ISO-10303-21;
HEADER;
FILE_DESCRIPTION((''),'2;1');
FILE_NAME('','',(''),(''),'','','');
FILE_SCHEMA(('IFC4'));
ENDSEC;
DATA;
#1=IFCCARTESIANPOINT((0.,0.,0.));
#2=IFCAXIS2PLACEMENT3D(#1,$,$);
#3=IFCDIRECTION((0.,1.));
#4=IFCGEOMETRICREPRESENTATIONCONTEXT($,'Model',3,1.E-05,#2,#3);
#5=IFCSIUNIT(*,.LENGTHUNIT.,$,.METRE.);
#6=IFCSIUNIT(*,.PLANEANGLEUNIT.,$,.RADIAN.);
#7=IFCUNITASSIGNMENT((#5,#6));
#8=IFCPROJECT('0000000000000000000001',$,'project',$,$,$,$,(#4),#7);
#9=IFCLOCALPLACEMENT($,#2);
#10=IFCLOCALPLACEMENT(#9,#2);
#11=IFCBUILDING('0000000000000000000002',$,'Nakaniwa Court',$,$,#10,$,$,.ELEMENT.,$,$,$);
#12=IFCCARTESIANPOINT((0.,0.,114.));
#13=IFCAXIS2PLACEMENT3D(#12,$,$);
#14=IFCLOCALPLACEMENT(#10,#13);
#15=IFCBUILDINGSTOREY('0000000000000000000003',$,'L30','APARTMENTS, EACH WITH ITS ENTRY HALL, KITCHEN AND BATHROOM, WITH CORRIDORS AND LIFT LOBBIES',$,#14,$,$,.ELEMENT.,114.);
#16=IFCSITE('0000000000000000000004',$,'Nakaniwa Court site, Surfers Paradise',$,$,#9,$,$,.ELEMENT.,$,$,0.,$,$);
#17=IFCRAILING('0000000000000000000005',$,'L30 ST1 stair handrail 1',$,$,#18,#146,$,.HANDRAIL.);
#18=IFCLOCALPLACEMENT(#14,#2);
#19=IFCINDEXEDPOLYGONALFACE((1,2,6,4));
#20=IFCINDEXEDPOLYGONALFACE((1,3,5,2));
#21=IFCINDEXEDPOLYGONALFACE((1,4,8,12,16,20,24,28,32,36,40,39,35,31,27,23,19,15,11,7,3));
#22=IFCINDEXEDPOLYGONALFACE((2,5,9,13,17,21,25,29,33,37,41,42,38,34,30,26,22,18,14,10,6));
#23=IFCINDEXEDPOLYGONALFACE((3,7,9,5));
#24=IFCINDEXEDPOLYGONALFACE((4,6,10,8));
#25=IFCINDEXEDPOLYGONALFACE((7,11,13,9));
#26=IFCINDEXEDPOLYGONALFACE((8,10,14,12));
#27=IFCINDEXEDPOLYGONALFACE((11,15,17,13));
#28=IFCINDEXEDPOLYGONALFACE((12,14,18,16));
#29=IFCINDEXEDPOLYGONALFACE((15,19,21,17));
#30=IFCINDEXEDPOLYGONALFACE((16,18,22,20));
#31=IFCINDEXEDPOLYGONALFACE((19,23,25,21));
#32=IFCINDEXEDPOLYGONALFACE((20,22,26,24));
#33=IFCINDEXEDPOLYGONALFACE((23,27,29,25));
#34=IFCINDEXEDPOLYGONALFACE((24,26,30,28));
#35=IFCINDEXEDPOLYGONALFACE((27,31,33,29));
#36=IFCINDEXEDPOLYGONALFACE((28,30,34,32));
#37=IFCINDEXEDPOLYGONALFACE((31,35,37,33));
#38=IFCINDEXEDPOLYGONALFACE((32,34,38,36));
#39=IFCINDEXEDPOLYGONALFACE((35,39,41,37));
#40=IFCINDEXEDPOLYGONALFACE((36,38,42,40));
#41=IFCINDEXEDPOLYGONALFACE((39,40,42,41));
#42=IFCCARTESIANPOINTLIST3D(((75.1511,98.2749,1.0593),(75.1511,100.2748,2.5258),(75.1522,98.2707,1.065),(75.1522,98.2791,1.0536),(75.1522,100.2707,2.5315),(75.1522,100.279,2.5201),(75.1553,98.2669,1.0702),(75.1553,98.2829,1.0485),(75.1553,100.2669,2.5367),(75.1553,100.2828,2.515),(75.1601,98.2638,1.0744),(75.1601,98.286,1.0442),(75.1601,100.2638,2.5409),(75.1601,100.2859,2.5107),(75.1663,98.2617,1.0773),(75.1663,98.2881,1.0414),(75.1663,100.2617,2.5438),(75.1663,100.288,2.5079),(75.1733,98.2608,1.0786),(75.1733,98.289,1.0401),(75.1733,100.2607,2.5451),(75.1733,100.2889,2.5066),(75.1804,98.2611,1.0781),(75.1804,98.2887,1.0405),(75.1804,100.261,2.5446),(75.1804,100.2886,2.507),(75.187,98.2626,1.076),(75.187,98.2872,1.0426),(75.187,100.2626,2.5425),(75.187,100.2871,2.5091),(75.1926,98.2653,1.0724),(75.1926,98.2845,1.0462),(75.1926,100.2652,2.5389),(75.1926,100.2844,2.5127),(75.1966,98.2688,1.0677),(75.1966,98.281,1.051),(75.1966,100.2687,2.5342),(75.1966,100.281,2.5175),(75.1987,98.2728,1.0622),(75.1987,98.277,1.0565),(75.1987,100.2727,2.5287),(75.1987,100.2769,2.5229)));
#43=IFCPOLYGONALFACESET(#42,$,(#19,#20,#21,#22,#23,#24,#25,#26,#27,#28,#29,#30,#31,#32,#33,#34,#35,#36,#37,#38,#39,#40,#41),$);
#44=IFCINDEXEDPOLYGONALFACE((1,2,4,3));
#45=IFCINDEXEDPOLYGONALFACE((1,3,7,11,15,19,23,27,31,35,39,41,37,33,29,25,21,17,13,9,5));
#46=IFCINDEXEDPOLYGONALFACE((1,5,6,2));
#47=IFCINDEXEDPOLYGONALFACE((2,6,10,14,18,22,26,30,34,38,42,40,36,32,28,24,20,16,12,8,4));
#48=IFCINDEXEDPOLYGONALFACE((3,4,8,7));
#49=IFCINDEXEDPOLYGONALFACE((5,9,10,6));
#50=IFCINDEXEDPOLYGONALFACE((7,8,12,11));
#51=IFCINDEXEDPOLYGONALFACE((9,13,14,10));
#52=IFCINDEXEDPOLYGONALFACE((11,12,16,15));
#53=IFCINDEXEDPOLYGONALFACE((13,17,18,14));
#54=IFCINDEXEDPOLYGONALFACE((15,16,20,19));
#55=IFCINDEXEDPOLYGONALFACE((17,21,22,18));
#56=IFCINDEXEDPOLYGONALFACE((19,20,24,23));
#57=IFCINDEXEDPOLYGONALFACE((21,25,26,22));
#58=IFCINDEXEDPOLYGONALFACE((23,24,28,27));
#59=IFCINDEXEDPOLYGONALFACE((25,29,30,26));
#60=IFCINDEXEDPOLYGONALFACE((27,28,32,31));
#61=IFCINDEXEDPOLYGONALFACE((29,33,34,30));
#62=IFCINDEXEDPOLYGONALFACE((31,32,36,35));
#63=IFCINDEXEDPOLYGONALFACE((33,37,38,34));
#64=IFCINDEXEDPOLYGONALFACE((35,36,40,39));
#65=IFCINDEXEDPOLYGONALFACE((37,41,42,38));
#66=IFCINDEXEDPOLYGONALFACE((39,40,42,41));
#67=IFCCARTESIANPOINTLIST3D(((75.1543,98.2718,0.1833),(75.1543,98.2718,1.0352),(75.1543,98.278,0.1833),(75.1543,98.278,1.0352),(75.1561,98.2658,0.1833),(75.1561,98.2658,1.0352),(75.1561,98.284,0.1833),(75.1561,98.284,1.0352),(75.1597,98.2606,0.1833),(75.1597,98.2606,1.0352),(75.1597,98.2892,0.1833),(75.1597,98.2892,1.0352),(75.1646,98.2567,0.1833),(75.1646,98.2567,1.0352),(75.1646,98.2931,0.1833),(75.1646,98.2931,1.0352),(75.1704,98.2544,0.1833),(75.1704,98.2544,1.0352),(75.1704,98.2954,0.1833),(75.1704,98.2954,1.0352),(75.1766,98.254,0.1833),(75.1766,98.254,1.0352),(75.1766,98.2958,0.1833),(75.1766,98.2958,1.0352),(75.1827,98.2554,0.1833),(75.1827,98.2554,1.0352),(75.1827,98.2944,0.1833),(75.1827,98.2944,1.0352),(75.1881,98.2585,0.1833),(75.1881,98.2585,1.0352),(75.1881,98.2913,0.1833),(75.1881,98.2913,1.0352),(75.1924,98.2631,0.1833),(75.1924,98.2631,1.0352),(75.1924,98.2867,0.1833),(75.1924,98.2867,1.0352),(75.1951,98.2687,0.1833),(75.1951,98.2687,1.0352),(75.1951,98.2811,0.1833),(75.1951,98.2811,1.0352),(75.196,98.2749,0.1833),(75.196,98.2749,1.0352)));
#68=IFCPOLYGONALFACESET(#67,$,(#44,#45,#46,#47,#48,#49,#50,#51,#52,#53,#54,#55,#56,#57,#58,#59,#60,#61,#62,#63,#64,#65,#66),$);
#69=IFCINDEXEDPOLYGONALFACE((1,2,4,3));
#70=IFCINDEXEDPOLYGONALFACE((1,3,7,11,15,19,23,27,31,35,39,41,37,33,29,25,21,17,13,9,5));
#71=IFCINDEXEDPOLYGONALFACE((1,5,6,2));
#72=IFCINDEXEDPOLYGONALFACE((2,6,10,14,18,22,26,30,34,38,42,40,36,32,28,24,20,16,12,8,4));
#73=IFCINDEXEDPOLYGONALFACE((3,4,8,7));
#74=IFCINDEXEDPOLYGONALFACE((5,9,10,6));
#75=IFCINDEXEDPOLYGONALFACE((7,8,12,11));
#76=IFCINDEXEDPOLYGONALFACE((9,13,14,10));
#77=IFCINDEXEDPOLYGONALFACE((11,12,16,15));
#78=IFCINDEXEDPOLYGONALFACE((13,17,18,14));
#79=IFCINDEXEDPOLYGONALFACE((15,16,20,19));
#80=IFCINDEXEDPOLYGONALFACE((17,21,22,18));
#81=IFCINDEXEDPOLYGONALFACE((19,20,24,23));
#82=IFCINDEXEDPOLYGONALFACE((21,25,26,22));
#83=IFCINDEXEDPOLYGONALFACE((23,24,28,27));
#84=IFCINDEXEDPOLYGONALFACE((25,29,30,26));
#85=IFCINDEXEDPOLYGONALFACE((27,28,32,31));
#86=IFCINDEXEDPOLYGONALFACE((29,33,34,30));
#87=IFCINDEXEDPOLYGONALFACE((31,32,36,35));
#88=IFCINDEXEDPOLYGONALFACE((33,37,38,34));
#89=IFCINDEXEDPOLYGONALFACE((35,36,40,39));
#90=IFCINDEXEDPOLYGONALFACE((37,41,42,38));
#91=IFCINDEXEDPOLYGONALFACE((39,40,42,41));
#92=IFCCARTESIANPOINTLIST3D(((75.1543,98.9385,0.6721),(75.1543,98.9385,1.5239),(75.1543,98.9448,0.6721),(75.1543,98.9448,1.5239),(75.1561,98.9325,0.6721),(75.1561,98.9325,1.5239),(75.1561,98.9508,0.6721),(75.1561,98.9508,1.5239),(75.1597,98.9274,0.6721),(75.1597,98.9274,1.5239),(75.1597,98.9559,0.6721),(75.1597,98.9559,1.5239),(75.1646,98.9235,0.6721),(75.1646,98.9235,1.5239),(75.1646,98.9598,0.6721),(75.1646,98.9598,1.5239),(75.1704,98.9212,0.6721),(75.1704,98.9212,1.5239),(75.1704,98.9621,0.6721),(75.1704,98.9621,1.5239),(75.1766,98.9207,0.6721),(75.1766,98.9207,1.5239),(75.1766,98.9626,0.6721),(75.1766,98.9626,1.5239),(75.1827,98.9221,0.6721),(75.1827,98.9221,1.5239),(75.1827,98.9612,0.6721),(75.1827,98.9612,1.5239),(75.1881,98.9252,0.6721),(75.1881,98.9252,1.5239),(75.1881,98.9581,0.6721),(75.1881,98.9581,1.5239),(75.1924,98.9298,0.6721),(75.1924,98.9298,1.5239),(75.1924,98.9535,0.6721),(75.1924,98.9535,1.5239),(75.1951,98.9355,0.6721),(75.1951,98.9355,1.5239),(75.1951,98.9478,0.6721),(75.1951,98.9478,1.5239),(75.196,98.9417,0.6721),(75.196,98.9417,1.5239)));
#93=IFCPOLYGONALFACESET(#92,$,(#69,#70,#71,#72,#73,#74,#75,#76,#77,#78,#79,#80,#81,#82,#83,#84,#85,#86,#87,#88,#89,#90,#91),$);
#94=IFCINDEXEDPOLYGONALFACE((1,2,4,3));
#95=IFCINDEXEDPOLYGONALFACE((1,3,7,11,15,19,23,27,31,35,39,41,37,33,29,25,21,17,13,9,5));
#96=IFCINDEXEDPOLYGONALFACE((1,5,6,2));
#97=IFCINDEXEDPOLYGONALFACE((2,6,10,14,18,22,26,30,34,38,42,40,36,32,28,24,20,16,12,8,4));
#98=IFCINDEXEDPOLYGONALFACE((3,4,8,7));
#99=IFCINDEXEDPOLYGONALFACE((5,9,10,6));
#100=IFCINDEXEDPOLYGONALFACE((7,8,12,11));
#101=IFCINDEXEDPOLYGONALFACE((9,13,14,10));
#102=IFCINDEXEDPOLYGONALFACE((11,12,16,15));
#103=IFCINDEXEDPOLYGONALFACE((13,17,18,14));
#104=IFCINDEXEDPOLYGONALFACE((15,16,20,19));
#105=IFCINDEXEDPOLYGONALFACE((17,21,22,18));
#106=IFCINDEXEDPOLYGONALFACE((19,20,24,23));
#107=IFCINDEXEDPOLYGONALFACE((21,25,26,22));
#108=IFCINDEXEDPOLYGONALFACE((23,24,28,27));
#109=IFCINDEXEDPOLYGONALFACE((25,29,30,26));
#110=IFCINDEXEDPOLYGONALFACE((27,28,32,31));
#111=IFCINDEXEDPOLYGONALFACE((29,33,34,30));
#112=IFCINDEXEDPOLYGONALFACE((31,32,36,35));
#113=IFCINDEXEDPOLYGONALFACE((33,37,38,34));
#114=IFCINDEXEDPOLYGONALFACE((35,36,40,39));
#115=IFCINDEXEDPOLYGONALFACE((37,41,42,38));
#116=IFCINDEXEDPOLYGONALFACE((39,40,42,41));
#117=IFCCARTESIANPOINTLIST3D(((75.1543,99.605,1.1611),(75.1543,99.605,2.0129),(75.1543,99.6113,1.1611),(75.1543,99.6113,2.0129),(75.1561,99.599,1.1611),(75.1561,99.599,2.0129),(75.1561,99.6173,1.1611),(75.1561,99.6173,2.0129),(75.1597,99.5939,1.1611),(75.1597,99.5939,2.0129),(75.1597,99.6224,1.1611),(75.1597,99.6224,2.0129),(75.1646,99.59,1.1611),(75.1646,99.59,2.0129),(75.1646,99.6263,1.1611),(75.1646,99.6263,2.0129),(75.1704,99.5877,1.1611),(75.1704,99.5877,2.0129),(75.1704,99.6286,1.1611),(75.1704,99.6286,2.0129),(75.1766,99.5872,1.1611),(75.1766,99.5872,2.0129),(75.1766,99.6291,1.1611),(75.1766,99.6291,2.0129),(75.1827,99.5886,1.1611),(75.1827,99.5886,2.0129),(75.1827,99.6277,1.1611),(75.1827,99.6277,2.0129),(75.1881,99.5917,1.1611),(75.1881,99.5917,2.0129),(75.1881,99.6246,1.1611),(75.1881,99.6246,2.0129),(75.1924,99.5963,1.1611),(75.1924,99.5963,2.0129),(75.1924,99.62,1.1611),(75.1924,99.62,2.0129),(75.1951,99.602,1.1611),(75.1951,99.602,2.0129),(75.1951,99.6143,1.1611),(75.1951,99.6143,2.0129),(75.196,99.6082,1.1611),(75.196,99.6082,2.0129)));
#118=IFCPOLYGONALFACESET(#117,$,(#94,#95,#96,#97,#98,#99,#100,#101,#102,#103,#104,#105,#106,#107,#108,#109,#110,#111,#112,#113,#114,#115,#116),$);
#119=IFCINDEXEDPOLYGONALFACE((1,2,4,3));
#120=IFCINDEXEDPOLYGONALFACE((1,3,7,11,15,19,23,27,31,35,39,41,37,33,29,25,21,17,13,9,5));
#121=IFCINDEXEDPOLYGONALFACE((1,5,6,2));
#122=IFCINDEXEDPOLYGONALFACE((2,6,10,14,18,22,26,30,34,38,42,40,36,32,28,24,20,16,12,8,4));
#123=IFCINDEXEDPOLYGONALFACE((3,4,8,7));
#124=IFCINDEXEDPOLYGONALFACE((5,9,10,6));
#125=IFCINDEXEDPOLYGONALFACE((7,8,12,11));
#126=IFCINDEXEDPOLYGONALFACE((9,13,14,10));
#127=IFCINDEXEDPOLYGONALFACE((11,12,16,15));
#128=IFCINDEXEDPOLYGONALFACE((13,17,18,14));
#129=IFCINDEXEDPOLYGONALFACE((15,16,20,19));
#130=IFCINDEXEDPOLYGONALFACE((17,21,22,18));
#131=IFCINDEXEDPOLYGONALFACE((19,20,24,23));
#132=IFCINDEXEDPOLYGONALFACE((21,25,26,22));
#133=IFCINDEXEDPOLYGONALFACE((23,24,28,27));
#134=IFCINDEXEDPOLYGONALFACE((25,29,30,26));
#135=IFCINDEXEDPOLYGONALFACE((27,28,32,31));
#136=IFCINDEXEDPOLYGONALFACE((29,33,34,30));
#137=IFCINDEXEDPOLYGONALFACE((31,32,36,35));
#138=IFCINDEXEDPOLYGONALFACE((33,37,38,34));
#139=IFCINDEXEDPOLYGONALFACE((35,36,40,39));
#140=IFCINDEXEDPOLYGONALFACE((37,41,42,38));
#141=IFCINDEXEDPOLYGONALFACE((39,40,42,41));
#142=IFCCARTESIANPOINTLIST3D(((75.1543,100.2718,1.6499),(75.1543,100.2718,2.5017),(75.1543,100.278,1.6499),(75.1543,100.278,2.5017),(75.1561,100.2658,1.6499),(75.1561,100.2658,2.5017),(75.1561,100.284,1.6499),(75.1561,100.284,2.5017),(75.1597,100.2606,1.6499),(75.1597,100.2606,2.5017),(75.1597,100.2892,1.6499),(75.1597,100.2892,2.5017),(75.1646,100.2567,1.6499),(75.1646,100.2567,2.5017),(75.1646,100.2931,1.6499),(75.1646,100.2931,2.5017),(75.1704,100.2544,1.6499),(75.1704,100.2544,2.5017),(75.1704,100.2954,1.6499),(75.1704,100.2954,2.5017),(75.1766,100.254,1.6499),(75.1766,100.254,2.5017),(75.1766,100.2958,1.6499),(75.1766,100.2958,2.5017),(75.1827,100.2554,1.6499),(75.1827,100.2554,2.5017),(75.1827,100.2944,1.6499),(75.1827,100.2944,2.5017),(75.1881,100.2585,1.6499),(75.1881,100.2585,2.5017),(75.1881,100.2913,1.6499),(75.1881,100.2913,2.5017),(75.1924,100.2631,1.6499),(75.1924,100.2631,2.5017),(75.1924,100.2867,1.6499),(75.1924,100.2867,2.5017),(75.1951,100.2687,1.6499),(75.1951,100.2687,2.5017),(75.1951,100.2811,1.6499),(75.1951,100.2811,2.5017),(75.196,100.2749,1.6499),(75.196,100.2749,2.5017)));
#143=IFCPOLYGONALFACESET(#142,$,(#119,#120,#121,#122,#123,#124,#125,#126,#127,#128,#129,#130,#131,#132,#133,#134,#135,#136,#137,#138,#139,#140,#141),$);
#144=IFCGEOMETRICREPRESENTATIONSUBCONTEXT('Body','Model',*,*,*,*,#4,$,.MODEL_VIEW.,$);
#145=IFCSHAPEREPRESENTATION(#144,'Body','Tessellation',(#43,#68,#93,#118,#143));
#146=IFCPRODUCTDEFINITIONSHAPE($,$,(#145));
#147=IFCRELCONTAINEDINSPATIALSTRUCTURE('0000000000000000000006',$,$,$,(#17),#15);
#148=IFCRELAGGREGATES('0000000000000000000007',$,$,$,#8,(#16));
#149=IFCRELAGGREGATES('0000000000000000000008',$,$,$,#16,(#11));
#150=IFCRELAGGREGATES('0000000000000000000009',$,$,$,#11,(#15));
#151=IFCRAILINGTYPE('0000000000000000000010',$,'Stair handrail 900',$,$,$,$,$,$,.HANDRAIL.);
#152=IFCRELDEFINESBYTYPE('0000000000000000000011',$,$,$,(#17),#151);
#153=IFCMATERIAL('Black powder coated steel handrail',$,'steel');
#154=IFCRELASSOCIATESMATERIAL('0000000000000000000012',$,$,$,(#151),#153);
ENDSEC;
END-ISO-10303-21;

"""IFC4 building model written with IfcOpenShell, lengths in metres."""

from ifc_helpers import new_model, si_unit, direction, frame, origin, origin_2d, place, context, subcontext, project, spatial, circle, extrude, material, type_object, element, save


model = new_model("IFC4")

# Units and contexts
model_context = context("Model", 3, precision=1e-05, world=origin(), true_north=direction((0.0, 1.0)))
body_context = subcontext(model_context, "Body", "Model", "MODEL_VIEW")
ifc_project = project(units=[si_unit("LENGTHUNIT", "METRE"), si_unit("PLANEANGLEUNIT", "RADIAN")], contexts=[model_context])

# Site, building, storey
site_placement = place(None, origin())
site = spatial("IfcSite", under=ifc_project, at=site_placement, Name="Nakaniwa Court site, Surfers Paradise", CompositionType="ELEMENT", RefElevation=0.0)
building_placement = place(site_placement, origin())
building = spatial("IfcBuilding", under=site, at=building_placement, Name="Nakaniwa Court", CompositionType="ELEMENT")
storey_placement = place(building_placement, frame((0.0, 0.0, 114.0)))
storey = spatial("IfcBuildingStorey", under=building, at=storey_placement, Name="L30", Description="APARTMENTS, EACH WITH ITS ENTRY HALL, KITCHEN AND BATHROOM, WITH CORRIDORS AND LIFT LOBBIES", CompositionType="ELEMENT", Elevation=114.0)

# Railing
ifc_material_1 = material(Name="Black powder coated steel handrail", Category="steel")
railing_type_1 = type_object("IfcRailingType", Name="Stair handrail 900", PredefinedType="HANDRAIL", material=ifc_material_1)
railing_1_placement = place(storey_placement, frame((75.175, 98.2749, 0.1833)))
element("IfcRailing", 1, at=railing_1_placement, inside=storey, type_object=railing_type_1, Name="L30 ST1 stair handrail 1", PredefinedType="HANDRAIL", context=body_context, shape_type="SweptSolid", body=[
    extrude(circle(Radius=0.0239, at=origin_2d()), frame((0.0, 0.0, 0.876), z_axis=(0.0, 0.806427, 0.591334), x_axis=(-1.0, 0.0, 0.0)), (0.0, 0.0, 1.0), 2.48),
    extrude(circle(Radius=0.021, at=origin_2d()), origin(), (0.0, 0.0, 1.0), 0.8518),
    extrude(circle(Radius=0.021, at=origin_2d()), frame((0.0, 0.6667, 0.4888)), (0.0, 0.0, 1.0), 0.8518),
    extrude(circle(Radius=0.021, at=origin_2d()), frame((0.0, 1.3333, 0.9778)), (0.0, 0.0, 1.0), 0.8518),
    extrude(circle(Radius=0.021, at=origin_2d()), frame((0.0, 2.0, 1.4666)), (0.0, 0.0, 1.0), 0.8518),
])

save(model, "model.ifc")
